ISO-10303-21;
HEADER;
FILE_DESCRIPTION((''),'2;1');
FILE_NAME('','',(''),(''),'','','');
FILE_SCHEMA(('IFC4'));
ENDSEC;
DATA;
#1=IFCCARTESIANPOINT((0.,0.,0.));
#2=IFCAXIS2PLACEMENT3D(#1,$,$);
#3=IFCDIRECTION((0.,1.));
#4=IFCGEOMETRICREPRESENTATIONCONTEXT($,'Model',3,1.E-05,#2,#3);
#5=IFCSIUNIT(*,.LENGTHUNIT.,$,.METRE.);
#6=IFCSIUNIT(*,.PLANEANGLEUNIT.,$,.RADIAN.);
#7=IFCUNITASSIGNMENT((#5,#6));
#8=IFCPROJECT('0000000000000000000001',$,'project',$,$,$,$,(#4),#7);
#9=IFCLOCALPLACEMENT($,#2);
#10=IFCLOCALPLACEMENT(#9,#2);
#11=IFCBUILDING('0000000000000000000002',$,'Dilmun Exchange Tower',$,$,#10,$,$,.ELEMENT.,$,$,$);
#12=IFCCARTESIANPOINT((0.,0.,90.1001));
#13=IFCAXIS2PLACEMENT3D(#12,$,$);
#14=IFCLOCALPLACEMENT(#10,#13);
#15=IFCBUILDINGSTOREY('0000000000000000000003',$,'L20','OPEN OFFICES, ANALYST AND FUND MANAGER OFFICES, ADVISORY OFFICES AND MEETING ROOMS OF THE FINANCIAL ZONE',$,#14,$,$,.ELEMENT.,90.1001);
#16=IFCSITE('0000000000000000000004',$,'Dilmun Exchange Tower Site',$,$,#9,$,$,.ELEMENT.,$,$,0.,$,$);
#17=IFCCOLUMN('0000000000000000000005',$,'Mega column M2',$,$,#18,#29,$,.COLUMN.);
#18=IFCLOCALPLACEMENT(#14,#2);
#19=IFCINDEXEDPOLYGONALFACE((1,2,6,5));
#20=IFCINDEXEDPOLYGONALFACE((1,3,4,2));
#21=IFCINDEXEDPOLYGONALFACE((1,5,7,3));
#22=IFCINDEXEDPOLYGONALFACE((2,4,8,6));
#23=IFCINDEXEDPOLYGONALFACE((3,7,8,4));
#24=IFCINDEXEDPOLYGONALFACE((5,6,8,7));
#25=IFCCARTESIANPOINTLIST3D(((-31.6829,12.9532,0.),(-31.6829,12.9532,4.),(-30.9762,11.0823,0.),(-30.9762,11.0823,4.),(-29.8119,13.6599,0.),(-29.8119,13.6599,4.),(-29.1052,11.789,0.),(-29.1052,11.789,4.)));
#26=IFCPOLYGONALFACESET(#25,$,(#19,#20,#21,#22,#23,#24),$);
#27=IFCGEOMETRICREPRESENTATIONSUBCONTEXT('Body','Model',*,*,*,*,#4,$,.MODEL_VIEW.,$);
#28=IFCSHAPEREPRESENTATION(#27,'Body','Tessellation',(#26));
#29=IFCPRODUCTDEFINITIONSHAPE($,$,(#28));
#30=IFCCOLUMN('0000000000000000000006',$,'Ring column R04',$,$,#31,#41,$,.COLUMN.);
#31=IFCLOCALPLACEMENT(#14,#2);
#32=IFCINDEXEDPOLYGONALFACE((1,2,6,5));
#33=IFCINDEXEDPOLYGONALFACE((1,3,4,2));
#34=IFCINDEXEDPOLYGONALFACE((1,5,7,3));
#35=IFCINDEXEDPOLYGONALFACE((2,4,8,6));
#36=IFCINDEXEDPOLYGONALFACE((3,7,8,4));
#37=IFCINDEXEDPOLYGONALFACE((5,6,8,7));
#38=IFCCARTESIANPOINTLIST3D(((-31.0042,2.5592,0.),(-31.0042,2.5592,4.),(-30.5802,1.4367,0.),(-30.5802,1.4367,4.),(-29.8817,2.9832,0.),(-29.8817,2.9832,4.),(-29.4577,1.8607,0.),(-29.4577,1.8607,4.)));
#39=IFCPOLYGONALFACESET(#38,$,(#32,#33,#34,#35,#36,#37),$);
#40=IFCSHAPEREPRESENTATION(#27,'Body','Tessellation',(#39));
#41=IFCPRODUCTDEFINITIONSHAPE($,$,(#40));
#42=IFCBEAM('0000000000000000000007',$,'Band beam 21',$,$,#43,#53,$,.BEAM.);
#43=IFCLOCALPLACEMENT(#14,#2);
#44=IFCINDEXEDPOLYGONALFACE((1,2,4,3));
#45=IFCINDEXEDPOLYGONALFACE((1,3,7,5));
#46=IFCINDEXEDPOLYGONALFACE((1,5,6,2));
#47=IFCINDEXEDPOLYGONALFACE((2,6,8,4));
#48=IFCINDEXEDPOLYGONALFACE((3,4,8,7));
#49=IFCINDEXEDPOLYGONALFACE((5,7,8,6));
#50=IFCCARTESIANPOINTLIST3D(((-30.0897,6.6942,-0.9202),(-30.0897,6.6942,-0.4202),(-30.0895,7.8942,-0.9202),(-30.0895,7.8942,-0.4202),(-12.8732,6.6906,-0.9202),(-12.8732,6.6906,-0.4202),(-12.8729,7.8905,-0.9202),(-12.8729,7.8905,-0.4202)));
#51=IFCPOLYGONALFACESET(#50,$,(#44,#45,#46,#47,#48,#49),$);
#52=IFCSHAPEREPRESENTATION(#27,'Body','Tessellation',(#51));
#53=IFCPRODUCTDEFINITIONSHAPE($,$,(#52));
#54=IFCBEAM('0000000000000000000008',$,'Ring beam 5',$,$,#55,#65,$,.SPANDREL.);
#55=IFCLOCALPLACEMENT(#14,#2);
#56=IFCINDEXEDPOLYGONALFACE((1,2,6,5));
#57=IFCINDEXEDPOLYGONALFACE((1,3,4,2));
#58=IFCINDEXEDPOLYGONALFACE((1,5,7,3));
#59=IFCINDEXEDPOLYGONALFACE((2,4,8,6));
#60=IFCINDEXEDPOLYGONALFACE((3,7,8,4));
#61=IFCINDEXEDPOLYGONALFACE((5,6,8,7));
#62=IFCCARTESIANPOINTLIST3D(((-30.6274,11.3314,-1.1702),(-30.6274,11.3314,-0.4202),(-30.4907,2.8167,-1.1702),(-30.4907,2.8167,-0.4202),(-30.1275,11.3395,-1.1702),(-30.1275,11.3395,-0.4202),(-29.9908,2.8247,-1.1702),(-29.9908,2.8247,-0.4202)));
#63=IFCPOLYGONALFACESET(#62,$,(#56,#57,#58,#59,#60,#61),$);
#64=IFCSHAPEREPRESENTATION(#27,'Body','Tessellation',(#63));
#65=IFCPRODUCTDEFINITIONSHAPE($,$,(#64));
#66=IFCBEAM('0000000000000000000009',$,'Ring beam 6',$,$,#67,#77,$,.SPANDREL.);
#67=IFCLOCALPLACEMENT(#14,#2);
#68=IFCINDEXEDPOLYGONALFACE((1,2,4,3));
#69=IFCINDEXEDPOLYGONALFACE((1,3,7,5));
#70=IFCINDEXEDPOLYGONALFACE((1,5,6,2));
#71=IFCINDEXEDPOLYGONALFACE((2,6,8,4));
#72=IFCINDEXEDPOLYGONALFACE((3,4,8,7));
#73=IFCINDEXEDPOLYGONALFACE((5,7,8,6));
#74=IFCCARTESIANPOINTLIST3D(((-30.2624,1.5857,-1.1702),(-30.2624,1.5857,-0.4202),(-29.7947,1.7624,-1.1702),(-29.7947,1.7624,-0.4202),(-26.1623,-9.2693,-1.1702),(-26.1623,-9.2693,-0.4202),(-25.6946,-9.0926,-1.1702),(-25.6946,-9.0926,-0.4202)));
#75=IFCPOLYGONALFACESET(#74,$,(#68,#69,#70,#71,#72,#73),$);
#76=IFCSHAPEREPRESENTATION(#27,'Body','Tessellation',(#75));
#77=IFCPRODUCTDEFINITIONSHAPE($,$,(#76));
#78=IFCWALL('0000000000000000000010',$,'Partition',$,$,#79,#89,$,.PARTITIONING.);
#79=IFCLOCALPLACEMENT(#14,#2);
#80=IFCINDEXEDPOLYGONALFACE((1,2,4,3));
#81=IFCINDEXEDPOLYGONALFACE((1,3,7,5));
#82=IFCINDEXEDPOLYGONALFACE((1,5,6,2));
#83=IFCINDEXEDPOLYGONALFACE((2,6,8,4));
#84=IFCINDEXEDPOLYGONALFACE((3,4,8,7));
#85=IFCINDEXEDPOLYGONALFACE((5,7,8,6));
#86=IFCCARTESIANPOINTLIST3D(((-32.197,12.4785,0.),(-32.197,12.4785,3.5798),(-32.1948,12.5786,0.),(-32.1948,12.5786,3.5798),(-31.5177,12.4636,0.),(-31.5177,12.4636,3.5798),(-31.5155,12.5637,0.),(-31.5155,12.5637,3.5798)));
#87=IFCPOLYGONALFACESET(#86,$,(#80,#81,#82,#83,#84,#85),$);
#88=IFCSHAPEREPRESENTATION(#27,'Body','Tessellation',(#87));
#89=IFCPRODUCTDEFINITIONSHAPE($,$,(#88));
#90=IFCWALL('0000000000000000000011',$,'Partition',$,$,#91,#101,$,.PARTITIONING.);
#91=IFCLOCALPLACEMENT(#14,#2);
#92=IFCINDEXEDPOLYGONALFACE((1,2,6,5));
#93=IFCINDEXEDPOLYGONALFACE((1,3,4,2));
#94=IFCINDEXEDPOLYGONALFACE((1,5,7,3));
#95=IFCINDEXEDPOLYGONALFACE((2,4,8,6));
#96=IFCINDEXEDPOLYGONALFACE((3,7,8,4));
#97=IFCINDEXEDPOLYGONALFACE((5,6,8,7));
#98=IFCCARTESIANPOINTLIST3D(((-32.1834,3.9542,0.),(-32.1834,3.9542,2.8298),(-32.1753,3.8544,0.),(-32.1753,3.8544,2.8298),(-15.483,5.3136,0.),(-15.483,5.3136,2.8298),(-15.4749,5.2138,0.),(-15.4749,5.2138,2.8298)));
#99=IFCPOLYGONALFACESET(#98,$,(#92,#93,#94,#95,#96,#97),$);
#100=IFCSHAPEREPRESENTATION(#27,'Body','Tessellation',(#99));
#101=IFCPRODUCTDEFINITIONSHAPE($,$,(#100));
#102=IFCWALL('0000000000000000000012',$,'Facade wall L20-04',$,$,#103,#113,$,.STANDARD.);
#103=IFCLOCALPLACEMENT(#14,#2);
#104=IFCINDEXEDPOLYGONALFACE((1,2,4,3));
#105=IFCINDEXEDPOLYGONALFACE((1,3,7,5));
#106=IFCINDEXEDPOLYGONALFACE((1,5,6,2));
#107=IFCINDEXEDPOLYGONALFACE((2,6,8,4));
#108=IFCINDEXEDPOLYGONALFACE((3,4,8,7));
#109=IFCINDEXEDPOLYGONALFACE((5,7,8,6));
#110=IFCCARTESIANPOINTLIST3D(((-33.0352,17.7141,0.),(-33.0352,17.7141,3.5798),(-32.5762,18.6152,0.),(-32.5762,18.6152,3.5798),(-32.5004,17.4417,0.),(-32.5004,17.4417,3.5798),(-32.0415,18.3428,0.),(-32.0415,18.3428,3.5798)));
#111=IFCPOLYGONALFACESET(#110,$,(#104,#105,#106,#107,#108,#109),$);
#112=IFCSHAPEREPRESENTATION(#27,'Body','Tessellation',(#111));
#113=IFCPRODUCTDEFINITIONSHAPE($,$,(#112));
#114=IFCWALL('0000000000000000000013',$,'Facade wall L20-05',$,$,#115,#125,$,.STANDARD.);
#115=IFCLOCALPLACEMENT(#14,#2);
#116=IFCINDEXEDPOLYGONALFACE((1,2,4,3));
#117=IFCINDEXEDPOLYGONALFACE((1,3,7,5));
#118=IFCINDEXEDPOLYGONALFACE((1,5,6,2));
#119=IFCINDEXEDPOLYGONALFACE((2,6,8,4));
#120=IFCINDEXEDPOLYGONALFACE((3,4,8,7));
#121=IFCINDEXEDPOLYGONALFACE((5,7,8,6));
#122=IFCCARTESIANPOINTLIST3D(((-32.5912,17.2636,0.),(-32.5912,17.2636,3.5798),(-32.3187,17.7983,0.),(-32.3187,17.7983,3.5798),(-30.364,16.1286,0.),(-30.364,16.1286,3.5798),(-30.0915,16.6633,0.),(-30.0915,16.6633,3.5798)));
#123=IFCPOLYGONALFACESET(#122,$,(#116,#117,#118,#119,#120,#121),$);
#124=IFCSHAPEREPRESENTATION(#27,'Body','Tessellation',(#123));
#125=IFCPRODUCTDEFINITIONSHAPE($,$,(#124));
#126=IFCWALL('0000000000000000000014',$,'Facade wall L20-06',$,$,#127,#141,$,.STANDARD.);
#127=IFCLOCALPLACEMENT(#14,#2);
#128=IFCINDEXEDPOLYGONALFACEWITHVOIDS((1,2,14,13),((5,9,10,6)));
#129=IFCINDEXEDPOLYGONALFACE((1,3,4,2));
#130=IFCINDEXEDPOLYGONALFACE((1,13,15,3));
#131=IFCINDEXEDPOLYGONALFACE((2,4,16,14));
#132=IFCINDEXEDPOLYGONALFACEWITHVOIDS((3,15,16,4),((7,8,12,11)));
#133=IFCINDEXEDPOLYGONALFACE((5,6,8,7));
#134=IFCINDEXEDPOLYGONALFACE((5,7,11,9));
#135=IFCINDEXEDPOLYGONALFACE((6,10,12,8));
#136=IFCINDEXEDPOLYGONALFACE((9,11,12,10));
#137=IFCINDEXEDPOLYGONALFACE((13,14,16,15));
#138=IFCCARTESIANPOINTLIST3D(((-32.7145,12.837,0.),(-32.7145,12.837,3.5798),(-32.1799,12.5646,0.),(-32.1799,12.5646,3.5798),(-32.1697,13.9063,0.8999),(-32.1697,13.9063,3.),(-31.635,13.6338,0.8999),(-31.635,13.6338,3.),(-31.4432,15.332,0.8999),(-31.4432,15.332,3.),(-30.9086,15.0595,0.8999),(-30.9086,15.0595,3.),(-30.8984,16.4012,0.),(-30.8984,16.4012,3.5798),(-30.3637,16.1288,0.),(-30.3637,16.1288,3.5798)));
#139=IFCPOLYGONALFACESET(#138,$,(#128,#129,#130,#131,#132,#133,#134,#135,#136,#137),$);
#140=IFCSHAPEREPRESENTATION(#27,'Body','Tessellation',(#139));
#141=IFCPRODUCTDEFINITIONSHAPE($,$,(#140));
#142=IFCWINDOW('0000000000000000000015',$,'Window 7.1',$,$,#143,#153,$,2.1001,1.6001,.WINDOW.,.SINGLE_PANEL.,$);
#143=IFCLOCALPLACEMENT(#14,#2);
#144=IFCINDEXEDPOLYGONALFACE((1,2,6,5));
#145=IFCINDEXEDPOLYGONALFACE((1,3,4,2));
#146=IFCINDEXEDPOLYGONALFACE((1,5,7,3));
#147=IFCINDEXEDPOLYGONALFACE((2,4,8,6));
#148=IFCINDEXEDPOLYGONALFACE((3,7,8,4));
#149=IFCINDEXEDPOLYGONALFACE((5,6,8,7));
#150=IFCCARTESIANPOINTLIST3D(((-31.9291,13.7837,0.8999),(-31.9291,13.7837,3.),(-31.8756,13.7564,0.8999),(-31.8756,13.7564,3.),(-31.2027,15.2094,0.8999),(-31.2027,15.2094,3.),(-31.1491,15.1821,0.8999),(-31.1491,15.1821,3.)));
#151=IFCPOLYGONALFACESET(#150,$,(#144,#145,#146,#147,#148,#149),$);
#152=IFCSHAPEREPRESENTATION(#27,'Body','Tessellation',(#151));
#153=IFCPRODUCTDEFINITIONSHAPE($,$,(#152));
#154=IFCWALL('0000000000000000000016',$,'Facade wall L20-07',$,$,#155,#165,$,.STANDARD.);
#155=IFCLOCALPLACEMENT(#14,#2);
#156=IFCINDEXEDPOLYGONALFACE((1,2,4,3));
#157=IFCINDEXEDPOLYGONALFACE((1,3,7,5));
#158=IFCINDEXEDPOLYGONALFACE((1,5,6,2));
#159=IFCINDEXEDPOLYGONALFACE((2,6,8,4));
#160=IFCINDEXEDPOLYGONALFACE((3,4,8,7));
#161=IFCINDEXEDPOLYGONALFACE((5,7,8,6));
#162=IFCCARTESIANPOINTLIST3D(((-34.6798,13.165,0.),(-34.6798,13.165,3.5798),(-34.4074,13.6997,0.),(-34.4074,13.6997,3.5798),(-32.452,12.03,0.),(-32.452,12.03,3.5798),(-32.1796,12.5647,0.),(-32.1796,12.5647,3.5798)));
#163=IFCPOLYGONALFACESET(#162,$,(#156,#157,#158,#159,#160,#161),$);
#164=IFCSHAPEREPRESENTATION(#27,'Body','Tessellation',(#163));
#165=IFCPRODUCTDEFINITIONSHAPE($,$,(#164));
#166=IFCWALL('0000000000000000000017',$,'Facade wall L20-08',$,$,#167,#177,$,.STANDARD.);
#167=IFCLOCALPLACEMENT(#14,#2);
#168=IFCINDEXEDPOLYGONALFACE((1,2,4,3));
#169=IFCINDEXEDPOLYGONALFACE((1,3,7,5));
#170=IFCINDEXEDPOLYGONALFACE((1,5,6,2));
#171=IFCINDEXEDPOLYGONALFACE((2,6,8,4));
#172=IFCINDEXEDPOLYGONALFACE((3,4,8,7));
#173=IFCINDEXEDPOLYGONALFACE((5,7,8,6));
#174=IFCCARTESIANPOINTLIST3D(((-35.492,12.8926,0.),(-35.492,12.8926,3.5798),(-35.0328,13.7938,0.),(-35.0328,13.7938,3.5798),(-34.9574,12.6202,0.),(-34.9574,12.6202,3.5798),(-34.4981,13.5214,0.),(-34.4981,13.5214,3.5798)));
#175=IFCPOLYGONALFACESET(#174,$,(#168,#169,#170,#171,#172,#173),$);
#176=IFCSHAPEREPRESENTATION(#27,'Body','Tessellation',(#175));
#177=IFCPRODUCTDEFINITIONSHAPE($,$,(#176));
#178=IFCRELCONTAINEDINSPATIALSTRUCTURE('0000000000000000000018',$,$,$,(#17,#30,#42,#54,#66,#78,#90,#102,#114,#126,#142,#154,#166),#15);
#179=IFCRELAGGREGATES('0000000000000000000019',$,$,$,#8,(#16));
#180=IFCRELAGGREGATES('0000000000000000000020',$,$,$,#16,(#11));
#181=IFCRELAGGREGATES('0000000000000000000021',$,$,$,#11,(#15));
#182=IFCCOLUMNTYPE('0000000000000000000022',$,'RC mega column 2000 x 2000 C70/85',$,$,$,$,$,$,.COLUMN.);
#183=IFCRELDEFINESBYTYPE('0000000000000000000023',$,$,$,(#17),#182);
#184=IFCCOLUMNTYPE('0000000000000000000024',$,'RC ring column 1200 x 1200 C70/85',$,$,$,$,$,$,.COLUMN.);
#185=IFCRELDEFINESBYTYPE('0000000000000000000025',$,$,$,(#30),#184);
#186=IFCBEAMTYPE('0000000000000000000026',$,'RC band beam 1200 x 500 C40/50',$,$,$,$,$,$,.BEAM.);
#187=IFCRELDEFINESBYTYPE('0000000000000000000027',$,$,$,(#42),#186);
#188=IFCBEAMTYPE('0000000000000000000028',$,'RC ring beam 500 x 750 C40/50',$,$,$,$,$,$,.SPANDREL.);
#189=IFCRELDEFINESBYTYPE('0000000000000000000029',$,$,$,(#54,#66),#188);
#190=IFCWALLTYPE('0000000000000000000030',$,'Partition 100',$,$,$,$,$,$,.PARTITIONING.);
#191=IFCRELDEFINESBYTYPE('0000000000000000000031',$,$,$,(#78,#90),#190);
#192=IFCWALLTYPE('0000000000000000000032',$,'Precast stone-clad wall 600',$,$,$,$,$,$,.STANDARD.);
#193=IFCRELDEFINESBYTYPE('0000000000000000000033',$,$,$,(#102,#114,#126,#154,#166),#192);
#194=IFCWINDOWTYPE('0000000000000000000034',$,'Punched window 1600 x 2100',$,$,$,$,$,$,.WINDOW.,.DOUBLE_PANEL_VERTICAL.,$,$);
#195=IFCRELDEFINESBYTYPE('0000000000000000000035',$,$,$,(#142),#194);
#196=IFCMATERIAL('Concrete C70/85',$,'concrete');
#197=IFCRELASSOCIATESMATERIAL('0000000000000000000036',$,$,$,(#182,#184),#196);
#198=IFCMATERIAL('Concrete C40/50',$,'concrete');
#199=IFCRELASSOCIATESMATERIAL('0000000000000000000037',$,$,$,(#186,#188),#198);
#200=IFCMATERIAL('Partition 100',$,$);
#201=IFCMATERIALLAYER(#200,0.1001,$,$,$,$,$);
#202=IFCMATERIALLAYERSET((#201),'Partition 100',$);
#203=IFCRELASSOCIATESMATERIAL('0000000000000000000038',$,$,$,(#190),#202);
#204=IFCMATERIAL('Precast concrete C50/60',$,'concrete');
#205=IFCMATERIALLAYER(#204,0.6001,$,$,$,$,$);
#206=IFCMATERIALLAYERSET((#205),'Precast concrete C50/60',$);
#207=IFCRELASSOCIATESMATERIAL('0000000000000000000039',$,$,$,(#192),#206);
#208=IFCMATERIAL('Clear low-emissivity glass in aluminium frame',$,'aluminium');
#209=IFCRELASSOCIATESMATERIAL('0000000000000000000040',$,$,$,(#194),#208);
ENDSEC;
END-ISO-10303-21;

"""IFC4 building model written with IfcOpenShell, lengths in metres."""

from ifc_helpers import new_model, si_unit, direction, frame, frame_2d, origin, origin_2d, place, context, subcontext, project, spatial, rectangle, extrude, material, layer, layer_set, material_profile, profile_set, type_object, element, fill, save


model = new_model("IFC4")

# Units and contexts
model_context = context("Model", 3, precision=1e-05, world=origin(), true_north=direction((0.0, 1.0)))
body_context = subcontext(model_context, "Body", "Model", "MODEL_VIEW")
ifc_project = project(units=[si_unit("LENGTHUNIT", "METRE"), si_unit("PLANEANGLEUNIT", "RADIAN")], contexts=[model_context])

# Site, building, storey
site_placement = place(None, origin())
site = spatial("IfcSite", under=ifc_project, at=site_placement, Name="Dilmun Exchange Tower Site", CompositionType="ELEMENT", RefElevation=0.0)
building_placement = place(site_placement, origin())
building = spatial("IfcBuilding", under=site, at=building_placement, Name="Dilmun Exchange Tower", CompositionType="ELEMENT")
storey_placement = place(building_placement, frame((0.0, 0.0, 90.1001)))
storey = spatial("IfcBuildingStorey", under=building, at=storey_placement, Name="L20", Description="OPEN OFFICES, ANALYST AND FUND MANAGER OFFICES, ADVISORY OFFICES AND MEETING ROOMS OF THE FINANCIAL ZONE", CompositionType="ELEMENT", Elevation=90.1001)

# Columns
ifc_material_1 = material(Name="Concrete C70/85", Category="concrete")
ifc_material_profile_1 = material_profile(ifc_material_1, rectangle(XDim=2.0, YDim=2.0, at=origin_2d()), Name="2000 x 2000")
ifc_profile_set_1 = profile_set([ifc_material_profile_1], Name="Concrete C70/85")
column_type_1 = type_object("IfcColumnType", Name="RC mega column 2000 x 2000 C70/85", PredefinedType="COLUMN", material=ifc_profile_set_1)
column_1_placement = place(storey_placement, frame((-30.394, 12.3711, 0.0), z_axis=(0.0, 0.0, 1.0), x_axis=(0.935492, 0.353349, 0.0)))
element("IfcColumn", 1, at=column_1_placement, inside=storey, type_object=column_type_1, Name="Mega column M2", PredefinedType="COLUMN", context=body_context, shape_type="SweptSolid", body=[
    extrude(rectangle(XDim=2.0, YDim=2.0, at=origin_2d()), origin(), (0.0, 0.0, 1.0), 4.0),
])
ifc_material_profile_2 = material_profile(ifc_material_1, rectangle(XDim=1.2, YDim=1.2, at=origin_2d()), Name="1200 x 1200")
ifc_profile_set_2 = profile_set([ifc_material_profile_2], Name="Concrete C70/85")
column_type_2 = type_object("IfcColumnType", Name="RC ring column 1200 x 1200 C70/85", PredefinedType="COLUMN", material=ifc_profile_set_2)
column_2_placement = place(storey_placement, frame((-30.231, 2.21, 0.0), z_axis=(0.0, 0.0, 1.0), x_axis=(0.935492, 0.353349, 0.0)))
element("IfcColumn", 2, at=column_2_placement, inside=storey, type_object=column_type_2, Name="Ring column R04", PredefinedType="COLUMN", context=body_context, shape_type="SweptSolid", body=[
    extrude(rectangle(XDim=1.2, YDim=1.2, at=origin_2d()), origin(), (0.0, 0.0, 1.0), 4.0),
])

# Beams
ifc_material_2 = material(Name="Concrete C40/50", Category="concrete")
ifc_material_profile_3 = material_profile(ifc_material_2, rectangle(XDim=1.2, YDim=0.5, at=origin_2d()), Name="1200 x 500")
ifc_profile_set_3 = profile_set([ifc_material_profile_3], Name="Concrete C40/50")
beam_type_1 = type_object("IfcBeamType", Name="RC band beam 1200 x 500 C40/50", PredefinedType="BEAM", material=ifc_profile_set_3)
beam_1_placement = place(storey_placement, frame((-30.0896, 7.2942, -0.6702), z_axis=(1.0, -0.000213, 0.0), x_axis=(0.000213, 1.0, 0.0)))
element("IfcBeam", 3, at=beam_1_placement, inside=storey, type_object=beam_type_1, Name="Band beam 21", PredefinedType="BEAM", context=body_context, shape_type="SweptSolid", body=[
    extrude(rectangle(XDim=1.2, YDim=0.5, at=origin_2d()), origin(), (0.0, 0.0, 1.0), 17.2166),
])
ifc_material_profile_4 = material_profile(ifc_material_2, rectangle(XDim=0.5, YDim=0.75, at=origin_2d()), Name="500 x 750")
ifc_profile_set_4 = profile_set([ifc_material_profile_4], Name="Concrete C40/50")
beam_type_2 = type_object("IfcBeamType", Name="RC ring beam 500 x 750 C40/50", PredefinedType="SPANDREL", material=ifc_profile_set_4)
beam_2_placement = place(storey_placement, frame((-30.3774, 11.3354, -0.7952), z_axis=(0.016054, -0.999871, 0.0), x_axis=(0.999871, 0.016054, 0.0)))
element("IfcBeam", 4, at=beam_2_placement, inside=storey, type_object=beam_type_2, Name="Ring beam 5", PredefinedType="SPANDREL", context=body_context, shape_type="SweptSolid", body=[
    extrude(rectangle(XDim=0.5, YDim=0.75, at=origin_2d()), origin(), (0.0, 0.0, 1.0), 8.5159),
])
beam_3_placement = place(storey_placement, frame((-30.0286, 1.6741, -0.7952), z_axis=(0.35335, -0.935491, 0.0), x_axis=(0.935491, 0.35335, 0.0)))
element("IfcBeam", 5, at=beam_3_placement, inside=storey, type_object=beam_type_2, Name="Ring beam 6", PredefinedType="SPANDREL", context=body_context, shape_type="SweptSolid", body=[
    extrude(rectangle(XDim=0.5, YDim=0.75, at=origin_2d()), origin(), (0.0, 0.0, 1.0), 11.6035),
])

# Walls
ifc_material_3 = material(Name="Partition 100")
ifc_layer_1 = layer(ifc_material_3, 0.1001)
ifc_layer_set_1 = layer_set([ifc_layer_1], Name="Partition 100")
wall_type_1 = type_object("IfcWallType", Name="Partition 100", PredefinedType="PARTITIONING", material=ifc_layer_set_1)
wall_1_placement = place(storey_placement, frame((-32.196, 12.5286, 0.0), z_axis=(0.0, 0.0, 1.0), x_axis=(0.99976, -0.021921, 0.0)))
element("IfcWall", 6, at=wall_1_placement, inside=storey, type_object=wall_type_1, Name="Partition", PredefinedType="PARTITIONING", context=body_context, shape_type="SweptSolid", body=[
    extrude(rectangle(XDim=0.6794, YDim=0.1001, at=frame_2d((0.3398, 0.0))), origin(), (0.0, 0.0, 1.0), 3.5798),
])
wall_2_placement = place(storey_placement, frame((-32.1794, 3.9043, 0.0), z_axis=(0.0, 0.0, 1.0), x_axis=(0.996704, 0.081129, 0.0)))
element("IfcWall", 7, at=wall_2_placement, inside=storey, type_object=wall_type_1, Name="Partition", PredefinedType="PARTITIONING", context=body_context, shape_type="SweptSolid", body=[
    extrude(rectangle(XDim=16.7556, YDim=0.1001, at=frame_2d((8.3779, 0.0))), origin(), (0.0, 0.0, 1.0), 2.8298),
])
ifc_material_4 = material(Name="Precast concrete C50/60", Category="concrete")
ifc_layer_2 = layer(ifc_material_4, 0.6001)
ifc_layer_set_2 = layer_set([ifc_layer_2], Name="Precast concrete C50/60")
wall_type_2 = type_object("IfcWallType", Name="Precast stone-clad wall 600", PredefinedType="STANDARD", material=ifc_layer_set_2)
wall_3_placement = place(storey_placement, frame((-32.3088, 18.479, 0.0), z_axis=(0.0, 0.0, 1.0), x_axis=(-0.453864, -0.891071, 0.0)))
element("IfcWall", 8, at=wall_3_placement, inside=storey, type_object=wall_type_2, Name="Facade wall L20-04", PredefinedType="STANDARD", context=body_context, shape_type="SweptSolid", body=[
    extrude(rectangle(XDim=1.0112, YDim=0.6001, at=frame_2d((0.5056, 0.0))), origin(), (0.0, 0.0, 1.0), 3.5798),
])
wall_4_placement = place(storey_placement, frame((-32.4551, 17.531, 0.0), z_axis=(0.0, 0.0, 1.0), x_axis=(0.890983, -0.454037, 0.0)))
element("IfcWall", 9, at=wall_4_placement, inside=storey, type_object=wall_type_2, Name="Facade wall L20-05", PredefinedType="STANDARD", context=body_context, shape_type="SweptSolid", body=[
    extrude(rectangle(XDim=2.4998, YDim=0.6001, at=frame_2d((1.25, 0.0))), origin(), (0.0, 0.0, 1.0), 3.5798),
])

# Wall, opening, window
wall_5_placement = place(storey_placement, frame((-30.6311, 16.2649, 0.0), z_axis=(0.0, 0.0, 1.0), x_axis=(-0.454012, -0.890996, 0.0)))
wall_5 = element("IfcWall", 10, at=wall_5_placement, inside=storey, type_object=wall_type_2, Name="Facade wall L20-06", PredefinedType="STANDARD", context=body_context, shape_type="SweptSolid", body=[
    extrude(rectangle(XDim=4.0002, YDim=0.6001, at=frame_2d((2.0, 0.0))), origin(), (0.0, 0.0, 1.0), 3.5798),
])
opening_1_placement = place(wall_5_placement, frame((1.2, 0.0, 0.8999)))
opening_1 = element("IfcOpeningElement", 11, at=opening_1_placement, cuts=wall_5, PredefinedType="OPENING", context=body_context, shape_type="SweptSolid", body=[
    extrude(rectangle(XDim=1.6001, YDim=2.1001, at=frame_2d((0.8, 1.05))), frame((0.0, 0.3101, 0.0), z_axis=(0.0, -1.0, 0.0), x_axis=(1.0, 0.0, 0.0)), (0.0, 0.0, 1.0), 0.6201),
])
ifc_material_5 = material(Name="Clear low-emissivity glass in aluminium frame", Category="aluminium")
window_type_1 = type_object("IfcWindowType", Name="Punched window 1600 x 2100", PartitioningType="DOUBLE_PANEL_VERTICAL", PredefinedType="WINDOW", material=ifc_material_5)
window_1_placement = place(opening_1_placement, origin())
window_1 = element("IfcWindow", 12, at=window_1_placement, inside=storey, type_object=window_type_1, Name="Window 7.1", OverallHeight=2.1001, OverallWidth=1.6001, PartitioningType="SINGLE_PANEL", PredefinedType="WINDOW", context=body_context, shape_type="SweptSolid", body=[
    extrude(rectangle(XDim=1.6001, YDim=2.1001, at=frame_2d((0.8, 1.05))), frame((0.0, 0.03, 0.0), z_axis=(0.0, -1.0, 0.0), x_axis=(1.0, 0.0, 0.0)), (0.0, 0.0, 1.0), 0.0601),
])
fill(opening_1, window_1)

# Walls
wall_6_placement = place(storey_placement, frame((-32.3159, 12.2974, 0.0), z_axis=(0.0, 0.0, 1.0), x_axis=(-0.891023, 0.453958, 0.0)))
element("IfcWall", 13, at=wall_6_placement, inside=storey, type_object=wall_type_2, Name="Facade wall L20-07", PredefinedType="STANDARD", context=body_context, shape_type="SweptSolid", body=[
    extrude(rectangle(XDim=2.5002, YDim=0.6001, at=frame_2d((1.25, 0.0))), origin(), (0.0, 0.0, 1.0), 3.5798),
])
wall_7_placement = place(storey_placement, frame((-34.7654, 13.6577, 0.0), z_axis=(0.0, 0.0, 1.0), x_axis=(-0.454056, -0.890973, 0.0)))
element("IfcWall", 14, at=wall_7_placement, inside=storey, type_object=wall_type_2, Name="Facade wall L20-08", PredefinedType="STANDARD", context=body_context, shape_type="SweptSolid", body=[
    extrude(rectangle(XDim=1.0115, YDim=0.6001, at=frame_2d((0.5059, 0.0))), origin(), (0.0, 0.0, 1.0), 3.5798),
])

save(model, "model.ifc")
